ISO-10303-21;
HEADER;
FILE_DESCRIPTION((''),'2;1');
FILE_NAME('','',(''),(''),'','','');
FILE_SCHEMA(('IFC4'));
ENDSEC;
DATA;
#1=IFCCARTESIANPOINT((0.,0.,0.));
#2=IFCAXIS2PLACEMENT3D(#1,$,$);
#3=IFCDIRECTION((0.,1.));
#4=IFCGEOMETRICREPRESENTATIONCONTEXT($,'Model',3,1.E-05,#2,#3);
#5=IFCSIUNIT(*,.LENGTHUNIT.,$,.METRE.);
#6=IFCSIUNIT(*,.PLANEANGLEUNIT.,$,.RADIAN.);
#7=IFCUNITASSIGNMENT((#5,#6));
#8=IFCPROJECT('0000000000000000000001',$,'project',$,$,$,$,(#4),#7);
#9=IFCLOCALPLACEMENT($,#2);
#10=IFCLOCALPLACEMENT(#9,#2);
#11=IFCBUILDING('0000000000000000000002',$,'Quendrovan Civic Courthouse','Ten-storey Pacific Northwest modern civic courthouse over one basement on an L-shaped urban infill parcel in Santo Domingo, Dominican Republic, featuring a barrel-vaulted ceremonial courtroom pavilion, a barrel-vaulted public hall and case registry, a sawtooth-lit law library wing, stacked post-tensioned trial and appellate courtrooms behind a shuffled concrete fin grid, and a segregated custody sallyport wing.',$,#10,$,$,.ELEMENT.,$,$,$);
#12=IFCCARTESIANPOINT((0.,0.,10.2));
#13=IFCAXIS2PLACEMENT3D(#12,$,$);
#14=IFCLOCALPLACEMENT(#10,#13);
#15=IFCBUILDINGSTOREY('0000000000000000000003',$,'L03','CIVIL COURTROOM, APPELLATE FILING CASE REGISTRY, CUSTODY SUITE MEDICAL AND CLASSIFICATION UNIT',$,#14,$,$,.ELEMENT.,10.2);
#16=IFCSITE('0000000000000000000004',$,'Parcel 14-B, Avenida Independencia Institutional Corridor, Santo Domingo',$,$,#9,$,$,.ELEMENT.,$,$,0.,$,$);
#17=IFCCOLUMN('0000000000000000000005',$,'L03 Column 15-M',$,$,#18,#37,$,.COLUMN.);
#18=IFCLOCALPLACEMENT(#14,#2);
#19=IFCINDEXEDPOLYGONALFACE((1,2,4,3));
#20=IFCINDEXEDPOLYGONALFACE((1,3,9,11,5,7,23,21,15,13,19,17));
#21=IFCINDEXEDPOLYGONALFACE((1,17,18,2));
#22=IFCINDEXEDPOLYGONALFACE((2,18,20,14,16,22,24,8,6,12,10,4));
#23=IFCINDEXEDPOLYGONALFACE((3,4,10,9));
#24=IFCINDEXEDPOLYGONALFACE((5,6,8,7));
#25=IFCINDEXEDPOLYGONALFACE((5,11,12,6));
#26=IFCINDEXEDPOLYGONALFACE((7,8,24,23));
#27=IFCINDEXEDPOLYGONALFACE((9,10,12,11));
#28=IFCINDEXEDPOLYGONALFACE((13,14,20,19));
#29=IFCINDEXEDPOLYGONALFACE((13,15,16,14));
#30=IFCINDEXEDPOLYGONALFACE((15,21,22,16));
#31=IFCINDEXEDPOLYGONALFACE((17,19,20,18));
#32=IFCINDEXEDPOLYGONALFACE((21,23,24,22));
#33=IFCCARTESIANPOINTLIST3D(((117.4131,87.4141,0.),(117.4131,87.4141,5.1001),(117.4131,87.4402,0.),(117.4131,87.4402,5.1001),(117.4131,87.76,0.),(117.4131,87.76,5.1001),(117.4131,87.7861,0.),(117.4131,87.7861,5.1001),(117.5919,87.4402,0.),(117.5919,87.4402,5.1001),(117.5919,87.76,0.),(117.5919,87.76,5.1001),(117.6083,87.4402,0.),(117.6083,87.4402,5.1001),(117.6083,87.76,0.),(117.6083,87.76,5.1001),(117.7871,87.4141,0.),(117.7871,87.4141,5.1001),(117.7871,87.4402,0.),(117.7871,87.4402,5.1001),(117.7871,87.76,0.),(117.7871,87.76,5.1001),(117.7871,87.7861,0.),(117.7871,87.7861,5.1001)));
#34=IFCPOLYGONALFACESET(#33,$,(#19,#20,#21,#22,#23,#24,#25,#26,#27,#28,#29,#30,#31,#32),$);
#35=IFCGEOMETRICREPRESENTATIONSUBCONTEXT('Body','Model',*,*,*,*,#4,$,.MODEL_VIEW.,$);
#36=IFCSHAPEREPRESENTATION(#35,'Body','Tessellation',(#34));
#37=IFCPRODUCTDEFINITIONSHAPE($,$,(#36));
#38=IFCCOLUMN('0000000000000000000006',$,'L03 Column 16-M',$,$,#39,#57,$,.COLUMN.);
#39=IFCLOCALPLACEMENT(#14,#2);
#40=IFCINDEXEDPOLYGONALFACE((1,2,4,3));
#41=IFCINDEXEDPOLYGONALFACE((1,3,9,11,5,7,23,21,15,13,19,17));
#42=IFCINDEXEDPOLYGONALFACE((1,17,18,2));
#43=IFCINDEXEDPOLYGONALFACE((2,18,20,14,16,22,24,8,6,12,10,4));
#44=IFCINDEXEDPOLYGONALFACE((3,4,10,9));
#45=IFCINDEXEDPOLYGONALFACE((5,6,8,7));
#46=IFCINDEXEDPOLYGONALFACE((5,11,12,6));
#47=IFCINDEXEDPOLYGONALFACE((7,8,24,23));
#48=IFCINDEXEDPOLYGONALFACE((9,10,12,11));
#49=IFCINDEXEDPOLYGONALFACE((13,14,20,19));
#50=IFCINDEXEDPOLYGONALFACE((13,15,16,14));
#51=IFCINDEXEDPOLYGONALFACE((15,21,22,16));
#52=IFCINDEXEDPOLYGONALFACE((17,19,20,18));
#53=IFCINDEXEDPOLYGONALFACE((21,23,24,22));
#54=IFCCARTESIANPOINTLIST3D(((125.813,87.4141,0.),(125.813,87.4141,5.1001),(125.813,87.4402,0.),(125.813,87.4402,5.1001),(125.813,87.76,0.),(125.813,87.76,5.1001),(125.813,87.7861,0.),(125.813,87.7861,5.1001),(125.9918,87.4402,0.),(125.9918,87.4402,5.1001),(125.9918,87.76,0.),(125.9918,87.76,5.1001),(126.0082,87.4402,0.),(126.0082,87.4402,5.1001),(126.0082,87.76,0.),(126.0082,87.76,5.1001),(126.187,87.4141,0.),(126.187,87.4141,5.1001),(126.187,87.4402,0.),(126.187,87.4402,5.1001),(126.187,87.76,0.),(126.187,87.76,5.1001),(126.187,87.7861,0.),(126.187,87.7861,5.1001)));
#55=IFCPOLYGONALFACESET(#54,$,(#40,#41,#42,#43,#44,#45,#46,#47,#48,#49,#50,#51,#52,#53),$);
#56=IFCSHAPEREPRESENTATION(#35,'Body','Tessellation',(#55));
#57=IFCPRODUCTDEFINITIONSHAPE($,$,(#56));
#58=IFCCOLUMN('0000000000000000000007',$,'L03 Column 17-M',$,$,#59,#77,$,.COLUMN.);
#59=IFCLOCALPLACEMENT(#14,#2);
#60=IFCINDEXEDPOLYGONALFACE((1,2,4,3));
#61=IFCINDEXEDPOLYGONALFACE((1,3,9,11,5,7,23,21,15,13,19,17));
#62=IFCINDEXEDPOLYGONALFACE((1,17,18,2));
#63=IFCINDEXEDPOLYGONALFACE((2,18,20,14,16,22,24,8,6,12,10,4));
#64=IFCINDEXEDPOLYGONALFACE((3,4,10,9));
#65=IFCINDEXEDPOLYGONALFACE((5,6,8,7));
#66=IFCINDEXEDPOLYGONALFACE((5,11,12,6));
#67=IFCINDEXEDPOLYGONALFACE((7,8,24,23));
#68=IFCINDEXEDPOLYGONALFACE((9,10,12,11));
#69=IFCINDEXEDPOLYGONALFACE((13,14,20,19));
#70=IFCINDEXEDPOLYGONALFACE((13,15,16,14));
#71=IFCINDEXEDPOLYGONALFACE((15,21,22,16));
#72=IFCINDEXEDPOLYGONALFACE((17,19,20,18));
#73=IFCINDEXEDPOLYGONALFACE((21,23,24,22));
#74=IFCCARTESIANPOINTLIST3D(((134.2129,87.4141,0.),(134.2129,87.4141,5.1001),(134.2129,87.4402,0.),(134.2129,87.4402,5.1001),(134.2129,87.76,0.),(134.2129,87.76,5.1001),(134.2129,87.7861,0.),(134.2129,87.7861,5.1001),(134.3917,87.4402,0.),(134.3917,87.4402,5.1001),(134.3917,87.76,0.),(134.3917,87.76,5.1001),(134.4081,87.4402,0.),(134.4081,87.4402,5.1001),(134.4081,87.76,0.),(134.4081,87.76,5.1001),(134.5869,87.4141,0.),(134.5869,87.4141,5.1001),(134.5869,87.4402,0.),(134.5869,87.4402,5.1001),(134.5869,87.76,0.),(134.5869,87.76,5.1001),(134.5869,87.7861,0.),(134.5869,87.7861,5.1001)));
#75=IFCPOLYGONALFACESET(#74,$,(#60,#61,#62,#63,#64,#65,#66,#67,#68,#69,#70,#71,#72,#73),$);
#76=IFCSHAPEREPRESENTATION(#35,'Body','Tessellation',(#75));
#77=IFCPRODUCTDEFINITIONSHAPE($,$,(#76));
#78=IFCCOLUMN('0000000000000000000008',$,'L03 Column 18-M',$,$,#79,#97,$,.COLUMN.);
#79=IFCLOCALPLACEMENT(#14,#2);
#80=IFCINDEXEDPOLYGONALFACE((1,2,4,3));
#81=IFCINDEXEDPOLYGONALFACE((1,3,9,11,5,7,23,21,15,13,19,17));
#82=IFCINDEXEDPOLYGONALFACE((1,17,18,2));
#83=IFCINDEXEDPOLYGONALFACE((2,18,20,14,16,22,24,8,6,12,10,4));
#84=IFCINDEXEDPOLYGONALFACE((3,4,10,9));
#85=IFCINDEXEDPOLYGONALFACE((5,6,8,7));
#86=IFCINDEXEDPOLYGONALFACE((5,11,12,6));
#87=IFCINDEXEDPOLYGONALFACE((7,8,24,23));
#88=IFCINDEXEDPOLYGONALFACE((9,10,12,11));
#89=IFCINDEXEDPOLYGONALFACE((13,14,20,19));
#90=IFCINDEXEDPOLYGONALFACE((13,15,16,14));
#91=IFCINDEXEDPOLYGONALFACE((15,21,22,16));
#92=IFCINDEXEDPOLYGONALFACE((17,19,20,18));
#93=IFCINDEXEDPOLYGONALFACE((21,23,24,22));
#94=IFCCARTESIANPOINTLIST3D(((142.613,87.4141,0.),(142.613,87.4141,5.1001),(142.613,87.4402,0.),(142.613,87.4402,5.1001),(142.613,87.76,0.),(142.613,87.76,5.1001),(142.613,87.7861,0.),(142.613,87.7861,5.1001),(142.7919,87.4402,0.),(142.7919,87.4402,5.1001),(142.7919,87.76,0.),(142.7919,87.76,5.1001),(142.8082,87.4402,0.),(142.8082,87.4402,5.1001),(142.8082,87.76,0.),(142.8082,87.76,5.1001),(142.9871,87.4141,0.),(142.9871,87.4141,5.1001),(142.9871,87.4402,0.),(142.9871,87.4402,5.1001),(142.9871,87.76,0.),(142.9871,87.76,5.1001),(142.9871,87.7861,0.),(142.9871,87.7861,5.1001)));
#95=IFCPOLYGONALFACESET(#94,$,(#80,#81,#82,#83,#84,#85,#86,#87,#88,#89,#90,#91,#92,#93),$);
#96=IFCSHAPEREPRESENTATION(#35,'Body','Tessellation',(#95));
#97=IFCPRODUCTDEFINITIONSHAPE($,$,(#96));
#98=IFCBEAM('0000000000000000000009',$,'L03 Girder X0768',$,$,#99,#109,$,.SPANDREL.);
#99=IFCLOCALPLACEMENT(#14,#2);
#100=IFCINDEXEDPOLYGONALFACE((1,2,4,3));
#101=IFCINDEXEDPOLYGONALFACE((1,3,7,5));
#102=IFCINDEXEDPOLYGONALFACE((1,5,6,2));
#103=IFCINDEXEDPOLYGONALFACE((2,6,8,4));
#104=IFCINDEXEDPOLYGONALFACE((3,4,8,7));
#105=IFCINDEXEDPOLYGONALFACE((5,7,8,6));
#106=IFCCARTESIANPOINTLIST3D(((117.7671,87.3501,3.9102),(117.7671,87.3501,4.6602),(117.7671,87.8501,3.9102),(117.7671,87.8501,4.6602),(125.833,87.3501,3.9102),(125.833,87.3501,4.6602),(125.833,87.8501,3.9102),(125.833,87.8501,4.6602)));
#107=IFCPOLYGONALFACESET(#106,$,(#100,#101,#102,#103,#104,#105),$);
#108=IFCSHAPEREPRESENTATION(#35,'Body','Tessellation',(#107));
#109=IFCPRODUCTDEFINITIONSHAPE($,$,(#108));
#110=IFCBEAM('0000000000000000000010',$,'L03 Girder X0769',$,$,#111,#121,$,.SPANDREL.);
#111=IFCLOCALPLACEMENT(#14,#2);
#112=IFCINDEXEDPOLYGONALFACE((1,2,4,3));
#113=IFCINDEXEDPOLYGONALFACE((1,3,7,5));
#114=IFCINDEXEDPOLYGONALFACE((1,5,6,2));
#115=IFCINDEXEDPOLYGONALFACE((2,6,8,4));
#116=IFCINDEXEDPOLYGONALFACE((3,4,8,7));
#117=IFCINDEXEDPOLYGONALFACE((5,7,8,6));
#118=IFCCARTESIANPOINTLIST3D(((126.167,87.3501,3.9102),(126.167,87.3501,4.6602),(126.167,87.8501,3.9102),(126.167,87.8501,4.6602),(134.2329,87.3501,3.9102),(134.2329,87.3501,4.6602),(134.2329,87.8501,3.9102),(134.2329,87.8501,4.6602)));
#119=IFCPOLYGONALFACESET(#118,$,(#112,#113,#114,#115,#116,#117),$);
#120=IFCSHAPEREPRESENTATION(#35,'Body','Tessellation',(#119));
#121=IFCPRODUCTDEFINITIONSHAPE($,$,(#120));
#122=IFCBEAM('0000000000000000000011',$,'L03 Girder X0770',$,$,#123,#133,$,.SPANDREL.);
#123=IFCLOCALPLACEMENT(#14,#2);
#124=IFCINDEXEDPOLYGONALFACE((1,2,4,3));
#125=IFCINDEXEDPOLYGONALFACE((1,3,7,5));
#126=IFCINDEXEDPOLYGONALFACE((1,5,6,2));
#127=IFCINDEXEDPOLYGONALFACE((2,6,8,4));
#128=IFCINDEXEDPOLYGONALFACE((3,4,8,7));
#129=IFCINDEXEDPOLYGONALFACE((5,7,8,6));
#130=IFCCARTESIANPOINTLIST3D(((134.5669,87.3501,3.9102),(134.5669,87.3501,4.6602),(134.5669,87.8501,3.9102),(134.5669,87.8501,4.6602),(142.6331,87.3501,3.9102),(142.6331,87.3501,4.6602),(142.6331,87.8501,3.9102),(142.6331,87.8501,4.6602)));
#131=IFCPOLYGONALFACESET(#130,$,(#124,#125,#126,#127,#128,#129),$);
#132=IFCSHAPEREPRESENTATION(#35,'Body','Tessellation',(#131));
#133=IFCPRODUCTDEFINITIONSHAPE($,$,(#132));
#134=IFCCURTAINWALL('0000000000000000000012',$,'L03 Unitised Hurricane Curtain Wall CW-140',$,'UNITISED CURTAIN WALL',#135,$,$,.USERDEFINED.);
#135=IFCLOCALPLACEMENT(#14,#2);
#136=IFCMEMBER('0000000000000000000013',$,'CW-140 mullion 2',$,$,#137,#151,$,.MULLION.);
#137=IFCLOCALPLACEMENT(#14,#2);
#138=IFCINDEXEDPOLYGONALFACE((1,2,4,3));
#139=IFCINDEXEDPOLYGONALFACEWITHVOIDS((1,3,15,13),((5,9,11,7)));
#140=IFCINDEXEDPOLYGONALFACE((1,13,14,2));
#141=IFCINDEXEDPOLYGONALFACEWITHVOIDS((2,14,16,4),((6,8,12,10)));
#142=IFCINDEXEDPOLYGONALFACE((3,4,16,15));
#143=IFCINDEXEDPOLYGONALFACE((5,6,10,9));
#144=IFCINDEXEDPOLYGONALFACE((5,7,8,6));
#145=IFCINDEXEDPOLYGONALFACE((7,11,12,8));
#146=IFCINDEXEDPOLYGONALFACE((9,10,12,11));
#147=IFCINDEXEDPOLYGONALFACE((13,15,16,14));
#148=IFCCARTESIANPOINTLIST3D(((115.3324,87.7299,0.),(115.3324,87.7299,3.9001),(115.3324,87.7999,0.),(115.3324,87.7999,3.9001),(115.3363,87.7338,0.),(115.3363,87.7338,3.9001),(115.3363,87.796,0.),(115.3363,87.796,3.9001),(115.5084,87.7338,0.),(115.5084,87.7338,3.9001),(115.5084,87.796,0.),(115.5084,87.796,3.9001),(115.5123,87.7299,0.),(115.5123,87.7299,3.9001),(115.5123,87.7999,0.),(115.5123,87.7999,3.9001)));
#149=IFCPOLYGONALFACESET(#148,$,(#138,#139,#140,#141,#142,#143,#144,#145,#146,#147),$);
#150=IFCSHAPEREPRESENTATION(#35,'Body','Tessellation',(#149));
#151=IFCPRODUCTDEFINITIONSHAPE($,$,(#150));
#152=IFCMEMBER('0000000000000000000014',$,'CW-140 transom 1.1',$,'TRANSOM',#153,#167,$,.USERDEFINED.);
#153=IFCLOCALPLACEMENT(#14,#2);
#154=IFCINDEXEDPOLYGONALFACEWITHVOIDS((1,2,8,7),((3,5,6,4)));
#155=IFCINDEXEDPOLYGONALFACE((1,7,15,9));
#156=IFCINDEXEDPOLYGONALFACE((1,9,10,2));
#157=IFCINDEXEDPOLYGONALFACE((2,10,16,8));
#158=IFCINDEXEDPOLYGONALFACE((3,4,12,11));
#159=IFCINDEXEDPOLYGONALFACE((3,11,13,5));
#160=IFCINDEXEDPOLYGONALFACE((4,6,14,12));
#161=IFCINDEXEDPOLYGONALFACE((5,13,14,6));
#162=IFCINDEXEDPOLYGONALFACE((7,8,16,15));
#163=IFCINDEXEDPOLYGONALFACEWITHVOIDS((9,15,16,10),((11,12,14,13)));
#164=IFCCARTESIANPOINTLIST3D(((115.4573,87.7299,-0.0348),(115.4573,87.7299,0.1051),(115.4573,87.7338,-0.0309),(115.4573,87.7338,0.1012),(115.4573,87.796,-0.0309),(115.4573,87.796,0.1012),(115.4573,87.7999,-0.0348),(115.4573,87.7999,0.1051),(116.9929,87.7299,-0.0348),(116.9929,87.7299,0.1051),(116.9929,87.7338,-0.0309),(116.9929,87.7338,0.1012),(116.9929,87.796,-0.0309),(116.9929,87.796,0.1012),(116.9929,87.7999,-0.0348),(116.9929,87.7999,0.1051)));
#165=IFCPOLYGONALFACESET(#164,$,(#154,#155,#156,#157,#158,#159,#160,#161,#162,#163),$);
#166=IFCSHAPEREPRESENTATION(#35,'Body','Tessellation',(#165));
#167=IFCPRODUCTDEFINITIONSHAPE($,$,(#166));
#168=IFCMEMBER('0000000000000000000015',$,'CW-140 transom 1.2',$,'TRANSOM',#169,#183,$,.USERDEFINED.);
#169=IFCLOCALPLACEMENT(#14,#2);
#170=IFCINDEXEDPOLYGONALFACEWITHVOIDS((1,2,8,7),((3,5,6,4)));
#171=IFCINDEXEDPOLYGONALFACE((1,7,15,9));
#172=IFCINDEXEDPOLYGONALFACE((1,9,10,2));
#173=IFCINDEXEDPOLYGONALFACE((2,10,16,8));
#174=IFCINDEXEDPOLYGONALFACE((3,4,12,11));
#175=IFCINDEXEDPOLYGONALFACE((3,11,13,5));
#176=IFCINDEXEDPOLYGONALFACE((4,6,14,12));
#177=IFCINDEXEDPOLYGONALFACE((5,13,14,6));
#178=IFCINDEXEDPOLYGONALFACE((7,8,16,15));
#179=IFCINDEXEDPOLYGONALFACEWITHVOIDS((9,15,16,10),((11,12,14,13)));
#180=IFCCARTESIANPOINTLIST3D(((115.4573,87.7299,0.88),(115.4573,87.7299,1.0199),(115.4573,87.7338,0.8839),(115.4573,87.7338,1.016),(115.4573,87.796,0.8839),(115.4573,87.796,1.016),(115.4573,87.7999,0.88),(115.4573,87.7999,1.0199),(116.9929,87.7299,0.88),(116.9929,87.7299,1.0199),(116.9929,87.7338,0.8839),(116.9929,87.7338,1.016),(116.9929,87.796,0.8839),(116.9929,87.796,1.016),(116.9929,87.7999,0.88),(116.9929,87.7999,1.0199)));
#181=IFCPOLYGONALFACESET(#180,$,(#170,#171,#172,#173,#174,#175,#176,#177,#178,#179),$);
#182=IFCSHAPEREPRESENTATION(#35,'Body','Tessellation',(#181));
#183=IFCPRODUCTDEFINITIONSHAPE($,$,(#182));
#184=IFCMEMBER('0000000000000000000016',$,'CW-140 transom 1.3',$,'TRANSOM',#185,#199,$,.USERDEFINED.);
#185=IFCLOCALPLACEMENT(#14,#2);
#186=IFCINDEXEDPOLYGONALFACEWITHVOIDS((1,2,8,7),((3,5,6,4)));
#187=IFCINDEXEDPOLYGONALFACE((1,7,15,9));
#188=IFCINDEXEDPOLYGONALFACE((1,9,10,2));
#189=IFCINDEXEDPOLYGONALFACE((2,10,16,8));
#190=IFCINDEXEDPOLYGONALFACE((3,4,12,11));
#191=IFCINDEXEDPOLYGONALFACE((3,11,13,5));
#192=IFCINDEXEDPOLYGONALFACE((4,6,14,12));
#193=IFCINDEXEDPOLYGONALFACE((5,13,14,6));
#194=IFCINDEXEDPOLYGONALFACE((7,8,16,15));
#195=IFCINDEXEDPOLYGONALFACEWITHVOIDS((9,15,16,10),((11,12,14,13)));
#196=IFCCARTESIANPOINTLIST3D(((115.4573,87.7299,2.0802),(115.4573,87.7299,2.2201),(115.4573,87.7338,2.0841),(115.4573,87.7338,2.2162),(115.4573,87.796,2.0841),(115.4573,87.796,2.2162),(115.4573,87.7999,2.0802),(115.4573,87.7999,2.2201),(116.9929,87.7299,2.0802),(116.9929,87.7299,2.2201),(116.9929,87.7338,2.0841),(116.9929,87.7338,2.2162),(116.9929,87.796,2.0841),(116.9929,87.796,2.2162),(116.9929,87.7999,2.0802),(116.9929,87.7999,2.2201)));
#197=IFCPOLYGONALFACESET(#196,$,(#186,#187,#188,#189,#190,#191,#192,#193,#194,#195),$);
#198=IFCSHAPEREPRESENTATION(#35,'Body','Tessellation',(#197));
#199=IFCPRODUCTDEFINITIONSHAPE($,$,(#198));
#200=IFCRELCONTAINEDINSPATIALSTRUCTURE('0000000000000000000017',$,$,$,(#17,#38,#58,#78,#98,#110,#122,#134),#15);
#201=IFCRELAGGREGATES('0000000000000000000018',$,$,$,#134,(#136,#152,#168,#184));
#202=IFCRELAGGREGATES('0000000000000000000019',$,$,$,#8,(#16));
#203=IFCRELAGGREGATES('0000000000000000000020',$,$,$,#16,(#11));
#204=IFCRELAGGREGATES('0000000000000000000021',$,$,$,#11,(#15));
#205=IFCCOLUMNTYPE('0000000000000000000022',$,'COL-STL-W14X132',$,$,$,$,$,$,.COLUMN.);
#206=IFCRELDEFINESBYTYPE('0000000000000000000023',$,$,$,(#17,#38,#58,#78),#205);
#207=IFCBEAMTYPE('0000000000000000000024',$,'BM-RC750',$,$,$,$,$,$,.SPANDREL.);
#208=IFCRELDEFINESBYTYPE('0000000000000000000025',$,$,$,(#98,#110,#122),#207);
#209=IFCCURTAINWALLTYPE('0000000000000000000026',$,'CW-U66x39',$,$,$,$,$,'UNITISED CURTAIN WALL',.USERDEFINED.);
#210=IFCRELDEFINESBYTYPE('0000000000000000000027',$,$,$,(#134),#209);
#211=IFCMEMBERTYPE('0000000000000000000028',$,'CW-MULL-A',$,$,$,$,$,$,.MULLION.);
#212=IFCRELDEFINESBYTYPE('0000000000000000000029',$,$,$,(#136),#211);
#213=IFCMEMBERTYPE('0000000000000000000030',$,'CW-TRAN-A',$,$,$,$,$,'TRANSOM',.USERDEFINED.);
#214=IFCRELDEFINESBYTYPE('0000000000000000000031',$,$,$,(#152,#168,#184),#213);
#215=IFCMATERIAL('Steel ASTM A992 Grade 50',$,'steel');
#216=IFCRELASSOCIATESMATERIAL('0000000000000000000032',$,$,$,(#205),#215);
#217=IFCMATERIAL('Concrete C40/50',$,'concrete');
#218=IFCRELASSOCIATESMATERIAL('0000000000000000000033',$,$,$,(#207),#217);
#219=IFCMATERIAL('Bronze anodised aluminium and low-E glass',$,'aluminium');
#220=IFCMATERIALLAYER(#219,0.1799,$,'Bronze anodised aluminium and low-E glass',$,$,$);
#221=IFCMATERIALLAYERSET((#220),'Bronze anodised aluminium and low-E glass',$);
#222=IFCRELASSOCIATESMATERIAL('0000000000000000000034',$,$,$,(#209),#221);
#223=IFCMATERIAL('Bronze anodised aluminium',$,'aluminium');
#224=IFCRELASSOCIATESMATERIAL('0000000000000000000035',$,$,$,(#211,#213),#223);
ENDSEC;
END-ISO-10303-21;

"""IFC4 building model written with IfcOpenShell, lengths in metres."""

from ifc_helpers import new_model, si_unit, direction, frame, origin, origin_2d, place, context, subcontext, project, spatial, rectangle, hollow_rectangle, i_section, extrude, material, layer, layer_set, material_profile, profile_set, type_object, element, aggregate, save


model = new_model("IFC4")

# Units and contexts
model_context = context("Model", 3, precision=1e-05, world=origin(), true_north=direction((0.0, 1.0)))
body_context = subcontext(model_context, "Body", "Model", "MODEL_VIEW")
ifc_project = project(units=[si_unit("LENGTHUNIT", "METRE"), si_unit("PLANEANGLEUNIT", "RADIAN")], contexts=[model_context])

# Site, building, storey
site_placement = place(None, origin())
site = spatial("IfcSite", under=ifc_project, at=site_placement, Name="Parcel 14-B, Avenida Independencia Institutional Corridor, Santo Domingo", CompositionType="ELEMENT", RefElevation=0.0)
building_placement = place(site_placement, origin())
building = spatial("IfcBuilding", under=site, at=building_placement, Name="Quendrovan Civic Courthouse", Description="Ten-storey Pacific Northwest modern civic courthouse over one basement on an L-shaped urban infill parcel in Santo Domingo, Dominican Republic, featuring a barrel-vaulted ceremonial courtroom pavilion, a barrel-vaulted public hall and case registry, a sawtooth-lit law library wing, stacked post-tensioned trial and appellate courtrooms behind a shuffled concrete fin grid, and a segregated custody sallyport wing.", CompositionType="ELEMENT")
storey_placement = place(building_placement, frame((0.0, 0.0, 10.2)))
storey = spatial("IfcBuildingStorey", under=building, at=storey_placement, Name="L03", Description="CIVIL COURTROOM, APPELLATE FILING CASE REGISTRY, CUSTODY SUITE MEDICAL AND CLASSIFICATION UNIT", CompositionType="ELEMENT", Elevation=10.2)

# Columns
ifc_material_1 = material(Name="Steel ASTM A992 Grade 50", Category="steel")
ifc_material_profile_1 = material_profile(ifc_material_1, i_section(OverallWidth=0.374, OverallDepth=0.3721, WebThickness=0.0164, FlangeThickness=0.0261, at=origin_2d()), Name="W14X132")
ifc_profile_set_1 = profile_set([ifc_material_profile_1], Name="Steel ASTM A992 Grade 50")
column_type = type_object("IfcColumnType", Name="COL-STL-W14X132", PredefinedType="COLUMN", material=ifc_profile_set_1)
for number, where, z_axis, x_axis, name in (
    (1, (117.6001, 87.6001, 0.0), (0.0, 0.0, 1.0), (1.0, 0.0, 0.0), "L03 Column 15-M"),
    (2, (126.0, 87.6001, 0.0), (0.0, 0.0, 1.0), (1.0, 0.0, 0.0), "L03 Column 16-M"),
    (3, (134.3999, 87.6001, 0.0), (0.0, 0.0, 1.0), (1.0, 0.0, 0.0), "L03 Column 17-M"),
    (4, (142.8, 87.6001, 0.0), (0.0, 0.0, 1.0), (1.0, 0.0, 0.0), "L03 Column 18-M"),
):
    element("IfcColumn", number, at=place(storey_placement, frame(where, z_axis=z_axis, x_axis=x_axis)), inside=storey, type_object=column_type, Name=name, PredefinedType="COLUMN", context=body_context, shape_type="SweptSolid", body=[
        extrude(i_section(OverallWidth=0.374, OverallDepth=0.3721, WebThickness=0.0164, FlangeThickness=0.0261, at=origin_2d()), origin(), (0.0, 0.0, 1.0), 5.1001),
    ])

# Beams
ifc_material_2 = material(Name="Concrete C40/50", Category="concrete")
ifc_material_profile_2 = material_profile(ifc_material_2, rectangle(XDim=0.5, YDim=0.75, at=origin_2d()), Name="RC-BM-500x750")
ifc_profile_set_2 = profile_set([ifc_material_profile_2], Name="Concrete C40/50")
beam_type = type_object("IfcBeamType", Name="BM-RC750", PredefinedType="SPANDREL", material=ifc_profile_set_2)
for number, where, z_axis, x_axis, name in (
    (5, (117.7671, 87.6001, 4.2852), (1.0, 0.0, 0.0), (0.0, 1.0, 0.0), "L03 Girder X0768"),
    (6, (126.167, 87.6001, 4.2852), (1.0, 0.0, 0.0), (0.0, 1.0, 0.0), "L03 Girder X0769"),
):
    element("IfcBeam", number, at=place(storey_placement, frame(where, z_axis=z_axis, x_axis=x_axis)), inside=storey, type_object=beam_type, Name=name, PredefinedType="SPANDREL", context=body_context, shape_type="SweptSolid", body=[
        extrude(rectangle(XDim=0.5, YDim=0.75, at=origin_2d()), origin(), (0.0, 0.0, 1.0), 8.0659),
    ])
beam_placement = place(storey_placement, frame((134.5669, 87.6001, 4.2852), z_axis=(1.0, 0.0, 0.0), x_axis=(0.0, 1.0, 0.0)))
element("IfcBeam", 7, at=beam_placement, inside=storey, type_object=beam_type, Name="L03 Girder X0770", PredefinedType="SPANDREL", context=body_context, shape_type="SweptSolid", body=[
    extrude(rectangle(XDim=0.5, YDim=0.75, at=origin_2d()), origin(), (0.0, 0.0, 1.0), 8.0662),
])

# Curtain wall, members
ifc_material_3 = material(Name="Bronze anodised aluminium and low-E glass", Category="aluminium")
ifc_layer_1 = layer(ifc_material_3, 0.1799, Name="Bronze anodised aluminium and low-E glass")
ifc_layer_set_1 = layer_set([ifc_layer_1], Name="Bronze anodised aluminium and low-E glass")
curtain_wall_type = type_object("IfcCurtainWallType", Name="CW-U66x39", ElementType="UNITISED CURTAIN WALL", PredefinedType="USERDEFINED", material=ifc_layer_set_1)
curtain_wall_placement = place(storey_placement, origin())
curtain_wall = element("IfcCurtainWall", 8, at=curtain_wall_placement, inside=storey, type_object=curtain_wall_type, Name="L03 Unitised Hurricane Curtain Wall CW-140", ObjectType="UNITISED CURTAIN WALL", PredefinedType="USERDEFINED")
ifc_material_4 = material(Name="Bronze anodised aluminium", Category="aluminium")
ifc_material_profile_3 = material_profile(ifc_material_4, hollow_rectangle(XDim=0.0701, YDim=0.1799, WallThickness=0.0039, at=origin_2d()), Name="CW-MULL-70x180")
ifc_profile_set_3 = profile_set([ifc_material_profile_3], Name="Bronze anodised aluminium")
member_type_1 = type_object("IfcMemberType", Name="CW-MULL-A", PredefinedType="MULLION", material=ifc_profile_set_3)
member_1_placement = place(storey_placement, frame((115.4224, 87.7649, 0.0), z_axis=(0.0, 0.0, 1.0), x_axis=(0.0, -1.0, 0.0)))
member_1 = element("IfcMember", 9, at=member_1_placement, type_object=member_type_1, Name="CW-140 mullion 2", PredefinedType="MULLION", context=body_context, shape_type="SweptSolid", body=[
    extrude(hollow_rectangle(XDim=0.0701, YDim=0.1799, WallThickness=0.0039, at=origin_2d()), origin(), (0.0, 0.0, 1.0), 3.9001),
])
ifc_material_profile_4 = material_profile(ifc_material_4, hollow_rectangle(XDim=0.0701, YDim=0.1399, WallThickness=0.0039, at=origin_2d()), Name="CW-TRAN-70x140")
ifc_profile_set_4 = profile_set([ifc_material_profile_4], Name="Bronze anodised aluminium")
member_type_2 = type_object("IfcMemberType", Name="CW-TRAN-A", ElementType="TRANSOM", PredefinedType="USERDEFINED", material=ifc_profile_set_4)
member_2_placement = place(storey_placement, frame((116.9929, 87.7649, 0.0352), z_axis=(-1.0, 0.0, 0.0), x_axis=(0.0, -1.0, 0.0)))
member_2 = element("IfcMember", 10, at=member_2_placement, type_object=member_type_2, Name="CW-140 transom 1.1", ObjectType="TRANSOM", PredefinedType="USERDEFINED", context=body_context, shape_type="SweptSolid", body=[
    extrude(hollow_rectangle(XDim=0.0701, YDim=0.1399, WallThickness=0.0039, at=origin_2d()), origin(), (0.0, 0.0, 1.0), 1.5356),
])
member_3_placement = place(storey_placement, frame((116.9929, 87.7649, 0.95), z_axis=(-1.0, 0.0, 0.0), x_axis=(0.0, -1.0, 0.0)))
member_3 = element("IfcMember", 11, at=member_3_placement, type_object=member_type_2, Name="CW-140 transom 1.2", ObjectType="TRANSOM", PredefinedType="USERDEFINED", context=body_context, shape_type="SweptSolid", body=[
    extrude(hollow_rectangle(XDim=0.0701, YDim=0.1399, WallThickness=0.0039, at=origin_2d()), origin(), (0.0, 0.0, 1.0), 1.5356),
])
member_4_placement = place(storey_placement, frame((116.9929, 87.7649, 2.1501), z_axis=(-1.0, 0.0, 0.0), x_axis=(0.0, -1.0, 0.0)))
member_4 = element("IfcMember", 12, at=member_4_placement, type_object=member_type_2, Name="CW-140 transom 1.3", ObjectType="TRANSOM", PredefinedType="USERDEFINED", context=body_context, shape_type="SweptSolid", body=[
    extrude(hollow_rectangle(XDim=0.0701, YDim=0.1399, WallThickness=0.0039, at=origin_2d()), origin(), (0.0, 0.0, 1.0), 1.5356),
])
aggregate(curtain_wall, [member_1, member_2, member_3, member_4])

save(model, "model.ifc")
